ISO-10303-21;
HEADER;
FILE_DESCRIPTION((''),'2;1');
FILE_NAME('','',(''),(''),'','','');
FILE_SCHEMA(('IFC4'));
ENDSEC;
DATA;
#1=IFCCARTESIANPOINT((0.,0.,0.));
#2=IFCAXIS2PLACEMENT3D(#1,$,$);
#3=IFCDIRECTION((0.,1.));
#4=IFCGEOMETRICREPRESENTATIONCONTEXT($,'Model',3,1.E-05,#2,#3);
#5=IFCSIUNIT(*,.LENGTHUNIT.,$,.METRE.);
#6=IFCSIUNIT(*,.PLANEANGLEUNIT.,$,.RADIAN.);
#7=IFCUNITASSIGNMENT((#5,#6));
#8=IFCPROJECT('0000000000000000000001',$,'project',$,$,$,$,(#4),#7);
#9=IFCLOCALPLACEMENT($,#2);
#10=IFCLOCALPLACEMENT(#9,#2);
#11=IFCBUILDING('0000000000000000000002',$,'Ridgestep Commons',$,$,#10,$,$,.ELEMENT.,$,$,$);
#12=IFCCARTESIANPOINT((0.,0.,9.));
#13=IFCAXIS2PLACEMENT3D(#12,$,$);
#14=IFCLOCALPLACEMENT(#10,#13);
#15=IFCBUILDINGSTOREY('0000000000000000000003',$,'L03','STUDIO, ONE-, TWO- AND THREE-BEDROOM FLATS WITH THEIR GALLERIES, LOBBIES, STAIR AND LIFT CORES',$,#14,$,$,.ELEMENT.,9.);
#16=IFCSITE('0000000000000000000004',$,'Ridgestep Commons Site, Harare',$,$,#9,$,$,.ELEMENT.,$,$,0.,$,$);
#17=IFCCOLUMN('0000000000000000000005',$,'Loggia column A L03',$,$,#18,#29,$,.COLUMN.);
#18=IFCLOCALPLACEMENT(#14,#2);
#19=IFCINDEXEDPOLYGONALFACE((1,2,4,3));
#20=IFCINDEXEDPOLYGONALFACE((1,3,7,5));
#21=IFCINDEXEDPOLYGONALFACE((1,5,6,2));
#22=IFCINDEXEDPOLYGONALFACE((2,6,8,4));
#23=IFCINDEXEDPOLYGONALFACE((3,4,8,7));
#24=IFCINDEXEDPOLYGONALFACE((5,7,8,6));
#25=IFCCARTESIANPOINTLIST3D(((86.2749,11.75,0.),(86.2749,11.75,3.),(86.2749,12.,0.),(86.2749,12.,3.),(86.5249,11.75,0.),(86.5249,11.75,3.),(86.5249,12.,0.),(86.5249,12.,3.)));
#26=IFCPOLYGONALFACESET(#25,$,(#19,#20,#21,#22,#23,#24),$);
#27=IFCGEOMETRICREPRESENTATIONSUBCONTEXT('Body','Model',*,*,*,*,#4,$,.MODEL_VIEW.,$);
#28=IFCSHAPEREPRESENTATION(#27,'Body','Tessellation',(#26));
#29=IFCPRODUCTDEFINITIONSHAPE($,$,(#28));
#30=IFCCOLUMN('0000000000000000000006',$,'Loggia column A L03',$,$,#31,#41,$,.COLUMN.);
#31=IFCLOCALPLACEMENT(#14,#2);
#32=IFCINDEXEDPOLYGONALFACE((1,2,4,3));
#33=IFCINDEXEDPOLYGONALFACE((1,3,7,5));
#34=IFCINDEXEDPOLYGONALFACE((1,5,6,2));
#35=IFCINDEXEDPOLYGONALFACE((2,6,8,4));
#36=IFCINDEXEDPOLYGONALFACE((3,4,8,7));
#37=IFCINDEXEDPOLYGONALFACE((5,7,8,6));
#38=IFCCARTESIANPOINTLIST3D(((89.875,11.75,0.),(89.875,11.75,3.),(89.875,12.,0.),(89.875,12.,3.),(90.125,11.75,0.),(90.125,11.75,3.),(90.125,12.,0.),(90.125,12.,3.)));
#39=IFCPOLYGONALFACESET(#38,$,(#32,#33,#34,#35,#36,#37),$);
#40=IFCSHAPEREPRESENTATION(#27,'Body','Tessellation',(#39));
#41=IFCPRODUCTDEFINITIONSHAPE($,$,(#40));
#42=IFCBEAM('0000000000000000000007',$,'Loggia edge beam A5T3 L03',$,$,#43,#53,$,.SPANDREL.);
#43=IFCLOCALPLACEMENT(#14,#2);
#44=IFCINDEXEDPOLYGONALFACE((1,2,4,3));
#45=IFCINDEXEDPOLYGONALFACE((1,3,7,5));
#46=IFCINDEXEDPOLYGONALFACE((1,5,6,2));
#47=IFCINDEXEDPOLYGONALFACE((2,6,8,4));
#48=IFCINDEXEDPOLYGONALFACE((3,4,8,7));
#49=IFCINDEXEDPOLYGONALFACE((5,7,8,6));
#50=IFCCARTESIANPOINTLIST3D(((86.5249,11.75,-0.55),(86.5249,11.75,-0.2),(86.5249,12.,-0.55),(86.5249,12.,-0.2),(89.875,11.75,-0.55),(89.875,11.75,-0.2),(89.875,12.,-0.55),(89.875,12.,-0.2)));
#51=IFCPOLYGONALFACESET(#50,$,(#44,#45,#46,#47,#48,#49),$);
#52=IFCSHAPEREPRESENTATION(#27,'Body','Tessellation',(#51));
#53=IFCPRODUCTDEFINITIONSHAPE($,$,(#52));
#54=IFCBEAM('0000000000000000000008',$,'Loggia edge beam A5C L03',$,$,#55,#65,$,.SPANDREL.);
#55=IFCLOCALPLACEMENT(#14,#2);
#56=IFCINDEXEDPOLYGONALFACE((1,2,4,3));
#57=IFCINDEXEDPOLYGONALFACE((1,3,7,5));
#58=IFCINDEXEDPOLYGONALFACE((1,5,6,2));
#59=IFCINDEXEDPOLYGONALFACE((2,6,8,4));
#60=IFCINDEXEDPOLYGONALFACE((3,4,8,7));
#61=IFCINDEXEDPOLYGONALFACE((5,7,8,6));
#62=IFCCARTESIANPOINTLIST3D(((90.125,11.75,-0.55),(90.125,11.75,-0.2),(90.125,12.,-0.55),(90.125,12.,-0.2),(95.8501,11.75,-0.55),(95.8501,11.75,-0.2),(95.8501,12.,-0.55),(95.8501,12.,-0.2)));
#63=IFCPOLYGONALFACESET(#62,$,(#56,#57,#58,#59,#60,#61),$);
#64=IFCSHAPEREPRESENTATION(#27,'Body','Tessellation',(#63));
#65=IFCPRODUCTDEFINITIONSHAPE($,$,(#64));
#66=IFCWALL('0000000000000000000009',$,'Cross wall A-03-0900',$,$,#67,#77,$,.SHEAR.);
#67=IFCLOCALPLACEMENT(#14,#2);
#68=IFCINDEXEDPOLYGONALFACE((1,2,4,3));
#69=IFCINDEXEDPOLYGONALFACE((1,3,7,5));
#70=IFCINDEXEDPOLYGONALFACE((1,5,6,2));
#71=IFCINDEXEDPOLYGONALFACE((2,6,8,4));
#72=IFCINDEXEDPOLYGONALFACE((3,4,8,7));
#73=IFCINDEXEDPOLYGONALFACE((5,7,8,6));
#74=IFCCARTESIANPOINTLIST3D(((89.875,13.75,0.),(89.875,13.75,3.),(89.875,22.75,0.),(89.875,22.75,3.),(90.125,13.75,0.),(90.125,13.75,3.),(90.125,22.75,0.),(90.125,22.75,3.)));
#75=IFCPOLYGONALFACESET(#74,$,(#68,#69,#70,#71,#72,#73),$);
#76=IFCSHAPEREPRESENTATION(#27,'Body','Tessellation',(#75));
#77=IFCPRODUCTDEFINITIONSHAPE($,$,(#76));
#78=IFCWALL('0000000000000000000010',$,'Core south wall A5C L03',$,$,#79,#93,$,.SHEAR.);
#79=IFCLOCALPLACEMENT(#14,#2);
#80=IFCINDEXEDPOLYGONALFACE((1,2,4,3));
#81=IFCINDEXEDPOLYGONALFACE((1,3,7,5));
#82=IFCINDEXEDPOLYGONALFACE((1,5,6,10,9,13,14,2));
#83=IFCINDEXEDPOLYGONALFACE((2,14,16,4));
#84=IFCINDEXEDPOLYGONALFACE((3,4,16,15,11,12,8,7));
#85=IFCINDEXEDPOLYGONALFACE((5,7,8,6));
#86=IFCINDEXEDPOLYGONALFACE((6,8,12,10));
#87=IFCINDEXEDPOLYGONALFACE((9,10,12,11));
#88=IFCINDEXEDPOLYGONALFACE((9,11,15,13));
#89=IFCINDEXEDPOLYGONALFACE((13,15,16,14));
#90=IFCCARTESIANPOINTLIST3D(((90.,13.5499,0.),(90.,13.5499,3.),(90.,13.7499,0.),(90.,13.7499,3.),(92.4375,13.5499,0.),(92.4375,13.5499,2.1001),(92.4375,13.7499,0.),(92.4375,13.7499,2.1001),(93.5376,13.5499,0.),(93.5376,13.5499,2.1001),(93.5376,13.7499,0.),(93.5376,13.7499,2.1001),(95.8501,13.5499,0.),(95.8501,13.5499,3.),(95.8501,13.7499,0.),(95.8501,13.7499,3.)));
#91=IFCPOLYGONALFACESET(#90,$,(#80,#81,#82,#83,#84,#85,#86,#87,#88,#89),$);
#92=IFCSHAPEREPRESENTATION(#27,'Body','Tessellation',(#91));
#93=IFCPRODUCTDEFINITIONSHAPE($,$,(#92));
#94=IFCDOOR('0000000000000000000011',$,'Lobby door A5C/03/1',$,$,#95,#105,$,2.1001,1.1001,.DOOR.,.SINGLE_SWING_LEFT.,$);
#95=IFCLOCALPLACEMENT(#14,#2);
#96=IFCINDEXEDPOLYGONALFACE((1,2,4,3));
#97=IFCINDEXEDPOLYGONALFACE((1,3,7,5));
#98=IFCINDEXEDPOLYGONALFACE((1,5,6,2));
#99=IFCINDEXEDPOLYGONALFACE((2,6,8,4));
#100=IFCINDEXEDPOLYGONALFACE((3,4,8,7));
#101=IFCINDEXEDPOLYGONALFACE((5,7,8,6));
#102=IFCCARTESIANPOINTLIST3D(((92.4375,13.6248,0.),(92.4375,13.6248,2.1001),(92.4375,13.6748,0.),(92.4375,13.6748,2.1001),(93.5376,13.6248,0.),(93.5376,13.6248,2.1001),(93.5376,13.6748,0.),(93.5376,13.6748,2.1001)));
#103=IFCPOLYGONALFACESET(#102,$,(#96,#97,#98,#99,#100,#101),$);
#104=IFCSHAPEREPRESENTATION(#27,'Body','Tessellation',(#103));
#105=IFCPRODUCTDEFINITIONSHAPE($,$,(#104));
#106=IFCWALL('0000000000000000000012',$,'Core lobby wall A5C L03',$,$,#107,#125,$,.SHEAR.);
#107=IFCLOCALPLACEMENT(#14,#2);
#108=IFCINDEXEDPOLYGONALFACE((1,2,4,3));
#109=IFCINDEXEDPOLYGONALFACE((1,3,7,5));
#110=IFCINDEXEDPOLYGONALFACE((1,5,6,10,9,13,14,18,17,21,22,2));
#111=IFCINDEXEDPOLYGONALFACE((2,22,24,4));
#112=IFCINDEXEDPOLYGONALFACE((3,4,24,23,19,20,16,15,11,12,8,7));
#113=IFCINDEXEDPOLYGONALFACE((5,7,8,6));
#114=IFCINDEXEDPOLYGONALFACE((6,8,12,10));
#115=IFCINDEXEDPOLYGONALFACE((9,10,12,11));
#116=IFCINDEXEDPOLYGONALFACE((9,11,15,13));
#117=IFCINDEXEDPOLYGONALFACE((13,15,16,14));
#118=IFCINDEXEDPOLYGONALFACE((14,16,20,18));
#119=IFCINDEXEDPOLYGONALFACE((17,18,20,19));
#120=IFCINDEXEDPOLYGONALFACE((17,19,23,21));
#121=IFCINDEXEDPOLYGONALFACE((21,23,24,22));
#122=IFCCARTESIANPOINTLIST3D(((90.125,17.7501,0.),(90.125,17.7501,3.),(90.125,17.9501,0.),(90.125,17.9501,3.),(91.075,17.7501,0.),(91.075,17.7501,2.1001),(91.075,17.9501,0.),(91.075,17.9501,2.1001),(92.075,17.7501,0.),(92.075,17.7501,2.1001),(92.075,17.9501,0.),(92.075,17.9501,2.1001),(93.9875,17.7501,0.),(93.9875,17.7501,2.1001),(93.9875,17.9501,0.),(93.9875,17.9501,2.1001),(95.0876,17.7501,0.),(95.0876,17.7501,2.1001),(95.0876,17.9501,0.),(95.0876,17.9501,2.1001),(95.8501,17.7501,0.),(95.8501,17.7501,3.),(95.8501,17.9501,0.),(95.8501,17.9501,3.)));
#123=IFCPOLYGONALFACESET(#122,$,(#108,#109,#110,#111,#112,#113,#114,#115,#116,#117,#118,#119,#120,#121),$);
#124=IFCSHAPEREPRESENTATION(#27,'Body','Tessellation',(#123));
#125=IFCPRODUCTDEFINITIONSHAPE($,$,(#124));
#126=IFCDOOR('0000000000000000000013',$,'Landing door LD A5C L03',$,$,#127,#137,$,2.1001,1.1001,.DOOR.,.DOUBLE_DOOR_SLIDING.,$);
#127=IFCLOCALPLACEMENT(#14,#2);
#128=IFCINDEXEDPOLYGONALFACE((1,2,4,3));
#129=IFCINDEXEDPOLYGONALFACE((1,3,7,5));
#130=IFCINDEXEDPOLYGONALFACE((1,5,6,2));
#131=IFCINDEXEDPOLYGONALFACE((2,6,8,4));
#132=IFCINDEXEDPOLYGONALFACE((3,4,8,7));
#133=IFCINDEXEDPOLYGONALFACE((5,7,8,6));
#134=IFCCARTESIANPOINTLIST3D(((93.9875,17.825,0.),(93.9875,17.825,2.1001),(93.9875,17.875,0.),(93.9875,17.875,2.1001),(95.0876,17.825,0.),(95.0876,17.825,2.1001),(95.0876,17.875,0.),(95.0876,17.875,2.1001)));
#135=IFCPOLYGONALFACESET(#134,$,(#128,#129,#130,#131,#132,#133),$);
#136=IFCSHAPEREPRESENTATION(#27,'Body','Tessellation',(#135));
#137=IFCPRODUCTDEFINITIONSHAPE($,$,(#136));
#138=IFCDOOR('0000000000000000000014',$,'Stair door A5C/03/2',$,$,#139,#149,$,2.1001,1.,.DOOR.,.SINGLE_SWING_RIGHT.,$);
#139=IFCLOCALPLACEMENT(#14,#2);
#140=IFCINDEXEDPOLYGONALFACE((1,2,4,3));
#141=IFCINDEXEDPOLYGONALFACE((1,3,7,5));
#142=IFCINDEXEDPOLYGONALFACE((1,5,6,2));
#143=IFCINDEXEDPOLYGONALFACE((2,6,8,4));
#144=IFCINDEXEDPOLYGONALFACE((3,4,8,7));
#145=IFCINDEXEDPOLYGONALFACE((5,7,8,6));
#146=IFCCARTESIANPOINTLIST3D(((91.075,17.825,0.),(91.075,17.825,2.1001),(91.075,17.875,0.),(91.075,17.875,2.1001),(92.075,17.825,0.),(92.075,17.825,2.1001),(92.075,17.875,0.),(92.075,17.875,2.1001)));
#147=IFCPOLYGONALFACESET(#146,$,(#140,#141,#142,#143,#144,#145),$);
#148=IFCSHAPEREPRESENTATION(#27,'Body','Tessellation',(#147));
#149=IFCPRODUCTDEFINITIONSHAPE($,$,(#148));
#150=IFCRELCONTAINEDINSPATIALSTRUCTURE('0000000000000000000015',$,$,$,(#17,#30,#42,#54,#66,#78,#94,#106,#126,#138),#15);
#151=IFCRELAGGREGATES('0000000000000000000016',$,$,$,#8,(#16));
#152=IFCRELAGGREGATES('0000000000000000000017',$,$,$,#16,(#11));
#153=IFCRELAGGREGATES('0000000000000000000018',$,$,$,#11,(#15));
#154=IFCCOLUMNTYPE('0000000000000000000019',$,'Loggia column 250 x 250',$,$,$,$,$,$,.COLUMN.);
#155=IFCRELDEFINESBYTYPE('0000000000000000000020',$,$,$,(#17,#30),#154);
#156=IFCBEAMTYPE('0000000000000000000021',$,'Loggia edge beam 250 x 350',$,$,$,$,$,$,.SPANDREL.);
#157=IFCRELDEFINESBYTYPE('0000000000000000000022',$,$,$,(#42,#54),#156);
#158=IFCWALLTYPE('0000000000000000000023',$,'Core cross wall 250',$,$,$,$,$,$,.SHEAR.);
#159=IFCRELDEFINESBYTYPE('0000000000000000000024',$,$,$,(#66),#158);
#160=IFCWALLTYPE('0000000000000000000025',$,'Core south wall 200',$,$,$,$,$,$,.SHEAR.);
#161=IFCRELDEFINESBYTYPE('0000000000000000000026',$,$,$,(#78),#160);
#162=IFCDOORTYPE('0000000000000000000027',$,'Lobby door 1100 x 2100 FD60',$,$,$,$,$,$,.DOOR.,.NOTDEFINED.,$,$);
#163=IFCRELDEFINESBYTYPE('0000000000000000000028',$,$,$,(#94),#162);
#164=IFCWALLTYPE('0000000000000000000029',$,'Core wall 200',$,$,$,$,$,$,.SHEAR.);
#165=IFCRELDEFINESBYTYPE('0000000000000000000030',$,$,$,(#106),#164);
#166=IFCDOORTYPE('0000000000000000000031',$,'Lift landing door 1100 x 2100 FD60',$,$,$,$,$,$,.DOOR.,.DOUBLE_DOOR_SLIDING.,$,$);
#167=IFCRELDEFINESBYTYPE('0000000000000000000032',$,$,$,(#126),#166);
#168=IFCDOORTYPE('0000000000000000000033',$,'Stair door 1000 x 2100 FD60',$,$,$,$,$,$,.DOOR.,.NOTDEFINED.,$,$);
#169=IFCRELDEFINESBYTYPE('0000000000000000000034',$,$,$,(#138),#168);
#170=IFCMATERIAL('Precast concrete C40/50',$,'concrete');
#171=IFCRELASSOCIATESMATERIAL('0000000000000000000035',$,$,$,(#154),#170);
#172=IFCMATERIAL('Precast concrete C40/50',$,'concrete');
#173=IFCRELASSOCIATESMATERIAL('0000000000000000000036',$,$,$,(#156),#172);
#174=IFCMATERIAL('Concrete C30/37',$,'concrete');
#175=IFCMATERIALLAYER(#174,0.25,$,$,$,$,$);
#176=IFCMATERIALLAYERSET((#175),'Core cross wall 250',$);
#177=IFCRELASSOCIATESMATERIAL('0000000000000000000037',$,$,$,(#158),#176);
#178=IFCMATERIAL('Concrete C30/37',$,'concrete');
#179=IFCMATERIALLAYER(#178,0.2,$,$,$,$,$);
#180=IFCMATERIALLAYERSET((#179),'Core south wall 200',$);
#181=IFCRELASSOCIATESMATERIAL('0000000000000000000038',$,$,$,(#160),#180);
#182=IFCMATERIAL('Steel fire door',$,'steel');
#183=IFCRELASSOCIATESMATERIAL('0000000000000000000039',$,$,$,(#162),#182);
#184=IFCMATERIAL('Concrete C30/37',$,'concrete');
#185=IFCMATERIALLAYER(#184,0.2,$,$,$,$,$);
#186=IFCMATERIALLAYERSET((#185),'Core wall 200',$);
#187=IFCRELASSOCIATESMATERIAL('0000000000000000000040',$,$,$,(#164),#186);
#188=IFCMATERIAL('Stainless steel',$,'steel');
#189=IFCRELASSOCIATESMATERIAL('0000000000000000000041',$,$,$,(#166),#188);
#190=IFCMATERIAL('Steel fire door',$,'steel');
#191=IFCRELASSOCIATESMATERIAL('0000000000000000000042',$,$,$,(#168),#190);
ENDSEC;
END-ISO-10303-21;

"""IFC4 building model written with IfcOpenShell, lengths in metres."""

from ifc_helpers import new_model, si_unit, direction, frame, frame_2d, origin, origin_2d, place, context, subcontext, project, spatial, rectangle, extrude, material, layer, layer_set, material_profile, profile_set, type_object, element, fill, save


model = new_model("IFC4")

# Units and contexts
model_context = context("Model", 3, precision=1e-05, world=origin(), true_north=direction((0.0, 1.0)))
body_context = subcontext(model_context, "Body", "Model", "MODEL_VIEW")
ifc_project = project(units=[si_unit("LENGTHUNIT", "METRE"), si_unit("PLANEANGLEUNIT", "RADIAN")], contexts=[model_context])

# Site, building, storey
site_placement = place(None, origin())
site = spatial("IfcSite", under=ifc_project, at=site_placement, Name="Ridgestep Commons Site, Harare", CompositionType="ELEMENT", RefElevation=0.0)
building_placement = place(site_placement, origin())
building = spatial("IfcBuilding", under=site, at=building_placement, Name="Ridgestep Commons", CompositionType="ELEMENT")
storey_placement = place(building_placement, frame((0.0, 0.0, 9.0)))
storey = spatial("IfcBuildingStorey", under=building, at=storey_placement, Name="L03", Description="STUDIO, ONE-, TWO- AND THREE-BEDROOM FLATS WITH THEIR GALLERIES, LOBBIES, STAIR AND LIFT CORES", CompositionType="ELEMENT", Elevation=9.0)

# Columns
ifc_material_1 = material(Name="Precast concrete C40/50", Category="concrete")
ifc_material_profile_1 = material_profile(ifc_material_1, rectangle(XDim=0.25, YDim=0.25, at=origin_2d()), Name="PC 250x250")
ifc_profile_set_1 = profile_set([ifc_material_profile_1], Name="Precast concrete C40/50")
column_type = type_object("IfcColumnType", Name="Loggia column 250 x 250", PredefinedType="COLUMN", material=ifc_profile_set_1)
for number, where, z_axis, x_axis, name in (
    (1, (86.3999, 11.875, 0.0), (0.0, 0.0, 1.0), (1.0, 0.0, 0.0), "Loggia column A L03"),
    (2, (90.0, 11.875, 0.0), (0.0, 0.0, 1.0), (1.0, 0.0, 0.0), "Loggia column A L03"),
):
    element("IfcColumn", number, at=place(storey_placement, frame(where, z_axis=z_axis, x_axis=x_axis)), inside=storey, type_object=column_type, Name=name, PredefinedType="COLUMN", context=body_context, shape_type="SweptSolid", body=[
        extrude(rectangle(XDim=0.25, YDim=0.25, at=origin_2d()), origin(), (0.0, 0.0, 1.0), 3.0),
    ])

# Beams
ifc_material_2 = material(Name="Precast concrete C40/50", Category="concrete")
ifc_material_profile_2 = material_profile(ifc_material_2, rectangle(XDim=0.25, YDim=0.3501, at=origin_2d()), Name="PC 250x350")
ifc_profile_set_2 = profile_set([ifc_material_profile_2], Name="Precast concrete C40/50")
beam_type = type_object("IfcBeamType", Name="Loggia edge beam 250 x 350", PredefinedType="SPANDREL", material=ifc_profile_set_2)
beam_1_placement = place(storey_placement, frame((86.5249, 11.875, -0.375), z_axis=(1.0, 0.0, 0.0), x_axis=(0.0, 1.0, 0.0)))
element("IfcBeam", 3, at=beam_1_placement, inside=storey, type_object=beam_type, Name="Loggia edge beam A5T3 L03", PredefinedType="SPANDREL", context=body_context, shape_type="SweptSolid", body=[
    extrude(rectangle(XDim=0.25, YDim=0.3501, at=origin_2d()), origin(), (0.0, 0.0, 1.0), 3.3501),
])
beam_2_placement = place(storey_placement, frame((90.125, 11.875, -0.375), z_axis=(1.0, 0.0, 0.0), x_axis=(0.0, 1.0, 0.0)))
element("IfcBeam", 4, at=beam_2_placement, inside=storey, type_object=beam_type, Name="Loggia edge beam A5C L03", PredefinedType="SPANDREL", context=body_context, shape_type="SweptSolid", body=[
    extrude(rectangle(XDim=0.25, YDim=0.3501, at=origin_2d()), origin(), (0.0, 0.0, 1.0), 5.7251),
])

# Wall
ifc_material_3 = material(Name="Concrete C30/37", Category="concrete")
ifc_layer_1 = layer(ifc_material_3, 0.25)
ifc_layer_set_1 = layer_set([ifc_layer_1], Name="Core cross wall 250")
wall_type_1 = type_object("IfcWallType", Name="Core cross wall 250", PredefinedType="SHEAR", material=ifc_layer_set_1)
wall_1_placement = place(storey_placement, frame((90.0, 13.75, 0.0), z_axis=(0.0, 0.0, 1.0), x_axis=(0.0, 1.0, 0.0)))
element("IfcWall", 5, at=wall_1_placement, inside=storey, type_object=wall_type_1, Name="Cross wall A-03-0900", PredefinedType="SHEAR", context=body_context, shape_type="SweptSolid", body=[
    extrude(rectangle(XDim=9.0, YDim=0.25, at=frame_2d((4.5, 0.0))), origin(), (0.0, 0.0, 1.0), 3.0),
])

# Wall, opening, door
ifc_material_4 = material(Name="Concrete C30/37", Category="concrete")
ifc_layer_2 = layer(ifc_material_4, 0.2)
ifc_layer_set_2 = layer_set([ifc_layer_2], Name="Core south wall 200")
wall_type_2 = type_object("IfcWallType", Name="Core south wall 200", PredefinedType="SHEAR", material=ifc_layer_set_2)
wall_2_placement = place(storey_placement, frame((90.0, 13.6499, 0.0), z_axis=(0.0, 0.0, 1.0), x_axis=(1.0, 0.0, 0.0)))
wall_2 = element("IfcWall", 6, at=wall_2_placement, inside=storey, type_object=wall_type_2, Name="Core south wall A5C L03", PredefinedType="SHEAR", context=body_context, shape_type="SweptSolid", body=[
    extrude(rectangle(XDim=5.8501, YDim=0.2, at=frame_2d((2.925, 0.0))), origin(), (0.0, 0.0, 1.0), 3.0),
])
opening_1_placement = place(wall_2_placement, frame((2.4375, 0.0, 0.0)))
opening_1 = element("IfcOpeningElement", 7, at=opening_1_placement, cuts=wall_2, PredefinedType="OPENING", context=body_context, shape_type="SweptSolid", body=[
    extrude(rectangle(XDim=1.1001, YDim=2.1001, at=frame_2d((0.55, 1.05))), frame((0.0, 0.1099, 0.0), z_axis=(0.0, -1.0, 0.0), x_axis=(1.0, 0.0, 0.0)), (0.0, 0.0, 1.0), 0.22),
])
ifc_material_5 = material(Name="Steel fire door", Category="steel")
door_type_1 = type_object("IfcDoorType", Name="Lobby door 1100 x 2100 FD60", OperationType="NOTDEFINED", PredefinedType="DOOR", material=ifc_material_5)
door_1_placement = place(opening_1_placement, origin())
door_1 = element("IfcDoor", 8, at=door_1_placement, inside=storey, type_object=door_type_1, Name="Lobby door A5C/03/1", OperationType="SINGLE_SWING_LEFT", OverallHeight=2.1001, OverallWidth=1.1001, PredefinedType="DOOR", context=body_context, shape_type="SweptSolid", body=[
    extrude(rectangle(XDim=1.1001, YDim=2.1001, at=frame_2d((0.55, 1.05))), frame((0.0, 0.0249, 0.0), z_axis=(0.0, -1.0, 0.0), x_axis=(1.0, 0.0, 0.0)), (0.0, 0.0, 1.0), 0.05),
])
fill(opening_1, door_1)

# Wall, openings, doors
ifc_material_6 = material(Name="Concrete C30/37", Category="concrete")
ifc_layer_3 = layer(ifc_material_6, 0.2)
ifc_layer_set_3 = layer_set([ifc_layer_3], Name="Core wall 200")
wall_type_3 = type_object("IfcWallType", Name="Core wall 200", PredefinedType="SHEAR", material=ifc_layer_set_3)
wall_3_placement = place(storey_placement, frame((90.125, 17.8501, 0.0), z_axis=(0.0, 0.0, 1.0), x_axis=(1.0, 0.0, 0.0)))
wall_3 = element("IfcWall", 9, at=wall_3_placement, inside=storey, type_object=wall_type_3, Name="Core lobby wall A5C L03", PredefinedType="SHEAR", context=body_context, shape_type="SweptSolid", body=[
    extrude(rectangle(XDim=5.7251, YDim=0.2, at=frame_2d((2.8625, 0.0))), origin(), (0.0, 0.0, 1.0), 3.0),
])
opening_2_placement = place(wall_3_placement, frame((0.95, 0.0, 0.0)))
opening_2 = element("IfcOpeningElement", 10, at=opening_2_placement, cuts=wall_3, PredefinedType="OPENING", context=body_context, shape_type="SweptSolid", body=[
    extrude(rectangle(XDim=1.0, YDim=2.1001, at=frame_2d((0.5, 1.05))), frame((0.0, 0.1099, 0.0), z_axis=(0.0, -1.0, 0.0), x_axis=(1.0, 0.0, 0.0)), (0.0, 0.0, 1.0), 0.22),
])
opening_3_placement = place(wall_3_placement, frame((3.8625, 0.0, 0.0)))
opening_3 = element("IfcOpeningElement", 11, at=opening_3_placement, cuts=wall_3, PredefinedType="OPENING", context=body_context, shape_type="SweptSolid", body=[
    extrude(rectangle(XDim=1.1001, YDim=2.1001, at=frame_2d((0.55, 1.05))), frame((0.0, 0.1099, 0.0), z_axis=(0.0, -1.0, 0.0), x_axis=(1.0, 0.0, 0.0)), (0.0, 0.0, 1.0), 0.22),
])
ifc_material_7 = material(Name="Stainless steel", Category="steel")
door_type_2 = type_object("IfcDoorType", Name="Lift landing door 1100 x 2100 FD60", OperationType="DOUBLE_DOOR_SLIDING", PredefinedType="DOOR", material=ifc_material_7)
door_2_placement = place(opening_3_placement, origin())
door_2 = element("IfcDoor", 12, at=door_2_placement, inside=storey, type_object=door_type_2, Name="Landing door LD A5C L03", OperationType="DOUBLE_DOOR_SLIDING", OverallHeight=2.1001, OverallWidth=1.1001, PredefinedType="DOOR", context=body_context, shape_type="SweptSolid", body=[
    extrude(rectangle(XDim=1.1001, YDim=2.1001, at=frame_2d((0.55, 1.05))), frame((0.0, 0.0249, 0.0), z_axis=(0.0, -1.0, 0.0), x_axis=(1.0, 0.0, 0.0)), (0.0, 0.0, 1.0), 0.05),
])
fill(opening_3, door_2)
ifc_material_8 = material(Name="Steel fire door", Category="steel")
door_type_3 = type_object("IfcDoorType", Name="Stair door 1000 x 2100 FD60", OperationType="NOTDEFINED", PredefinedType="DOOR", material=ifc_material_8)
door_3_placement = place(opening_2_placement, origin())
door_3 = element("IfcDoor", 13, at=door_3_placement, inside=storey, type_object=door_type_3, Name="Stair door A5C/03/2", OperationType="SINGLE_SWING_RIGHT", OverallHeight=2.1001, OverallWidth=1.0, PredefinedType="DOOR", context=body_context, shape_type="SweptSolid", body=[
    extrude(rectangle(XDim=1.0, YDim=2.1001, at=frame_2d((0.5, 1.05))), frame((0.0, 0.0249, 0.0), z_axis=(0.0, -1.0, 0.0), x_axis=(1.0, 0.0, 0.0)), (0.0, 0.0, 1.0), 0.05),
])
fill(opening_2, door_3)

save(model, "model.ifc")
